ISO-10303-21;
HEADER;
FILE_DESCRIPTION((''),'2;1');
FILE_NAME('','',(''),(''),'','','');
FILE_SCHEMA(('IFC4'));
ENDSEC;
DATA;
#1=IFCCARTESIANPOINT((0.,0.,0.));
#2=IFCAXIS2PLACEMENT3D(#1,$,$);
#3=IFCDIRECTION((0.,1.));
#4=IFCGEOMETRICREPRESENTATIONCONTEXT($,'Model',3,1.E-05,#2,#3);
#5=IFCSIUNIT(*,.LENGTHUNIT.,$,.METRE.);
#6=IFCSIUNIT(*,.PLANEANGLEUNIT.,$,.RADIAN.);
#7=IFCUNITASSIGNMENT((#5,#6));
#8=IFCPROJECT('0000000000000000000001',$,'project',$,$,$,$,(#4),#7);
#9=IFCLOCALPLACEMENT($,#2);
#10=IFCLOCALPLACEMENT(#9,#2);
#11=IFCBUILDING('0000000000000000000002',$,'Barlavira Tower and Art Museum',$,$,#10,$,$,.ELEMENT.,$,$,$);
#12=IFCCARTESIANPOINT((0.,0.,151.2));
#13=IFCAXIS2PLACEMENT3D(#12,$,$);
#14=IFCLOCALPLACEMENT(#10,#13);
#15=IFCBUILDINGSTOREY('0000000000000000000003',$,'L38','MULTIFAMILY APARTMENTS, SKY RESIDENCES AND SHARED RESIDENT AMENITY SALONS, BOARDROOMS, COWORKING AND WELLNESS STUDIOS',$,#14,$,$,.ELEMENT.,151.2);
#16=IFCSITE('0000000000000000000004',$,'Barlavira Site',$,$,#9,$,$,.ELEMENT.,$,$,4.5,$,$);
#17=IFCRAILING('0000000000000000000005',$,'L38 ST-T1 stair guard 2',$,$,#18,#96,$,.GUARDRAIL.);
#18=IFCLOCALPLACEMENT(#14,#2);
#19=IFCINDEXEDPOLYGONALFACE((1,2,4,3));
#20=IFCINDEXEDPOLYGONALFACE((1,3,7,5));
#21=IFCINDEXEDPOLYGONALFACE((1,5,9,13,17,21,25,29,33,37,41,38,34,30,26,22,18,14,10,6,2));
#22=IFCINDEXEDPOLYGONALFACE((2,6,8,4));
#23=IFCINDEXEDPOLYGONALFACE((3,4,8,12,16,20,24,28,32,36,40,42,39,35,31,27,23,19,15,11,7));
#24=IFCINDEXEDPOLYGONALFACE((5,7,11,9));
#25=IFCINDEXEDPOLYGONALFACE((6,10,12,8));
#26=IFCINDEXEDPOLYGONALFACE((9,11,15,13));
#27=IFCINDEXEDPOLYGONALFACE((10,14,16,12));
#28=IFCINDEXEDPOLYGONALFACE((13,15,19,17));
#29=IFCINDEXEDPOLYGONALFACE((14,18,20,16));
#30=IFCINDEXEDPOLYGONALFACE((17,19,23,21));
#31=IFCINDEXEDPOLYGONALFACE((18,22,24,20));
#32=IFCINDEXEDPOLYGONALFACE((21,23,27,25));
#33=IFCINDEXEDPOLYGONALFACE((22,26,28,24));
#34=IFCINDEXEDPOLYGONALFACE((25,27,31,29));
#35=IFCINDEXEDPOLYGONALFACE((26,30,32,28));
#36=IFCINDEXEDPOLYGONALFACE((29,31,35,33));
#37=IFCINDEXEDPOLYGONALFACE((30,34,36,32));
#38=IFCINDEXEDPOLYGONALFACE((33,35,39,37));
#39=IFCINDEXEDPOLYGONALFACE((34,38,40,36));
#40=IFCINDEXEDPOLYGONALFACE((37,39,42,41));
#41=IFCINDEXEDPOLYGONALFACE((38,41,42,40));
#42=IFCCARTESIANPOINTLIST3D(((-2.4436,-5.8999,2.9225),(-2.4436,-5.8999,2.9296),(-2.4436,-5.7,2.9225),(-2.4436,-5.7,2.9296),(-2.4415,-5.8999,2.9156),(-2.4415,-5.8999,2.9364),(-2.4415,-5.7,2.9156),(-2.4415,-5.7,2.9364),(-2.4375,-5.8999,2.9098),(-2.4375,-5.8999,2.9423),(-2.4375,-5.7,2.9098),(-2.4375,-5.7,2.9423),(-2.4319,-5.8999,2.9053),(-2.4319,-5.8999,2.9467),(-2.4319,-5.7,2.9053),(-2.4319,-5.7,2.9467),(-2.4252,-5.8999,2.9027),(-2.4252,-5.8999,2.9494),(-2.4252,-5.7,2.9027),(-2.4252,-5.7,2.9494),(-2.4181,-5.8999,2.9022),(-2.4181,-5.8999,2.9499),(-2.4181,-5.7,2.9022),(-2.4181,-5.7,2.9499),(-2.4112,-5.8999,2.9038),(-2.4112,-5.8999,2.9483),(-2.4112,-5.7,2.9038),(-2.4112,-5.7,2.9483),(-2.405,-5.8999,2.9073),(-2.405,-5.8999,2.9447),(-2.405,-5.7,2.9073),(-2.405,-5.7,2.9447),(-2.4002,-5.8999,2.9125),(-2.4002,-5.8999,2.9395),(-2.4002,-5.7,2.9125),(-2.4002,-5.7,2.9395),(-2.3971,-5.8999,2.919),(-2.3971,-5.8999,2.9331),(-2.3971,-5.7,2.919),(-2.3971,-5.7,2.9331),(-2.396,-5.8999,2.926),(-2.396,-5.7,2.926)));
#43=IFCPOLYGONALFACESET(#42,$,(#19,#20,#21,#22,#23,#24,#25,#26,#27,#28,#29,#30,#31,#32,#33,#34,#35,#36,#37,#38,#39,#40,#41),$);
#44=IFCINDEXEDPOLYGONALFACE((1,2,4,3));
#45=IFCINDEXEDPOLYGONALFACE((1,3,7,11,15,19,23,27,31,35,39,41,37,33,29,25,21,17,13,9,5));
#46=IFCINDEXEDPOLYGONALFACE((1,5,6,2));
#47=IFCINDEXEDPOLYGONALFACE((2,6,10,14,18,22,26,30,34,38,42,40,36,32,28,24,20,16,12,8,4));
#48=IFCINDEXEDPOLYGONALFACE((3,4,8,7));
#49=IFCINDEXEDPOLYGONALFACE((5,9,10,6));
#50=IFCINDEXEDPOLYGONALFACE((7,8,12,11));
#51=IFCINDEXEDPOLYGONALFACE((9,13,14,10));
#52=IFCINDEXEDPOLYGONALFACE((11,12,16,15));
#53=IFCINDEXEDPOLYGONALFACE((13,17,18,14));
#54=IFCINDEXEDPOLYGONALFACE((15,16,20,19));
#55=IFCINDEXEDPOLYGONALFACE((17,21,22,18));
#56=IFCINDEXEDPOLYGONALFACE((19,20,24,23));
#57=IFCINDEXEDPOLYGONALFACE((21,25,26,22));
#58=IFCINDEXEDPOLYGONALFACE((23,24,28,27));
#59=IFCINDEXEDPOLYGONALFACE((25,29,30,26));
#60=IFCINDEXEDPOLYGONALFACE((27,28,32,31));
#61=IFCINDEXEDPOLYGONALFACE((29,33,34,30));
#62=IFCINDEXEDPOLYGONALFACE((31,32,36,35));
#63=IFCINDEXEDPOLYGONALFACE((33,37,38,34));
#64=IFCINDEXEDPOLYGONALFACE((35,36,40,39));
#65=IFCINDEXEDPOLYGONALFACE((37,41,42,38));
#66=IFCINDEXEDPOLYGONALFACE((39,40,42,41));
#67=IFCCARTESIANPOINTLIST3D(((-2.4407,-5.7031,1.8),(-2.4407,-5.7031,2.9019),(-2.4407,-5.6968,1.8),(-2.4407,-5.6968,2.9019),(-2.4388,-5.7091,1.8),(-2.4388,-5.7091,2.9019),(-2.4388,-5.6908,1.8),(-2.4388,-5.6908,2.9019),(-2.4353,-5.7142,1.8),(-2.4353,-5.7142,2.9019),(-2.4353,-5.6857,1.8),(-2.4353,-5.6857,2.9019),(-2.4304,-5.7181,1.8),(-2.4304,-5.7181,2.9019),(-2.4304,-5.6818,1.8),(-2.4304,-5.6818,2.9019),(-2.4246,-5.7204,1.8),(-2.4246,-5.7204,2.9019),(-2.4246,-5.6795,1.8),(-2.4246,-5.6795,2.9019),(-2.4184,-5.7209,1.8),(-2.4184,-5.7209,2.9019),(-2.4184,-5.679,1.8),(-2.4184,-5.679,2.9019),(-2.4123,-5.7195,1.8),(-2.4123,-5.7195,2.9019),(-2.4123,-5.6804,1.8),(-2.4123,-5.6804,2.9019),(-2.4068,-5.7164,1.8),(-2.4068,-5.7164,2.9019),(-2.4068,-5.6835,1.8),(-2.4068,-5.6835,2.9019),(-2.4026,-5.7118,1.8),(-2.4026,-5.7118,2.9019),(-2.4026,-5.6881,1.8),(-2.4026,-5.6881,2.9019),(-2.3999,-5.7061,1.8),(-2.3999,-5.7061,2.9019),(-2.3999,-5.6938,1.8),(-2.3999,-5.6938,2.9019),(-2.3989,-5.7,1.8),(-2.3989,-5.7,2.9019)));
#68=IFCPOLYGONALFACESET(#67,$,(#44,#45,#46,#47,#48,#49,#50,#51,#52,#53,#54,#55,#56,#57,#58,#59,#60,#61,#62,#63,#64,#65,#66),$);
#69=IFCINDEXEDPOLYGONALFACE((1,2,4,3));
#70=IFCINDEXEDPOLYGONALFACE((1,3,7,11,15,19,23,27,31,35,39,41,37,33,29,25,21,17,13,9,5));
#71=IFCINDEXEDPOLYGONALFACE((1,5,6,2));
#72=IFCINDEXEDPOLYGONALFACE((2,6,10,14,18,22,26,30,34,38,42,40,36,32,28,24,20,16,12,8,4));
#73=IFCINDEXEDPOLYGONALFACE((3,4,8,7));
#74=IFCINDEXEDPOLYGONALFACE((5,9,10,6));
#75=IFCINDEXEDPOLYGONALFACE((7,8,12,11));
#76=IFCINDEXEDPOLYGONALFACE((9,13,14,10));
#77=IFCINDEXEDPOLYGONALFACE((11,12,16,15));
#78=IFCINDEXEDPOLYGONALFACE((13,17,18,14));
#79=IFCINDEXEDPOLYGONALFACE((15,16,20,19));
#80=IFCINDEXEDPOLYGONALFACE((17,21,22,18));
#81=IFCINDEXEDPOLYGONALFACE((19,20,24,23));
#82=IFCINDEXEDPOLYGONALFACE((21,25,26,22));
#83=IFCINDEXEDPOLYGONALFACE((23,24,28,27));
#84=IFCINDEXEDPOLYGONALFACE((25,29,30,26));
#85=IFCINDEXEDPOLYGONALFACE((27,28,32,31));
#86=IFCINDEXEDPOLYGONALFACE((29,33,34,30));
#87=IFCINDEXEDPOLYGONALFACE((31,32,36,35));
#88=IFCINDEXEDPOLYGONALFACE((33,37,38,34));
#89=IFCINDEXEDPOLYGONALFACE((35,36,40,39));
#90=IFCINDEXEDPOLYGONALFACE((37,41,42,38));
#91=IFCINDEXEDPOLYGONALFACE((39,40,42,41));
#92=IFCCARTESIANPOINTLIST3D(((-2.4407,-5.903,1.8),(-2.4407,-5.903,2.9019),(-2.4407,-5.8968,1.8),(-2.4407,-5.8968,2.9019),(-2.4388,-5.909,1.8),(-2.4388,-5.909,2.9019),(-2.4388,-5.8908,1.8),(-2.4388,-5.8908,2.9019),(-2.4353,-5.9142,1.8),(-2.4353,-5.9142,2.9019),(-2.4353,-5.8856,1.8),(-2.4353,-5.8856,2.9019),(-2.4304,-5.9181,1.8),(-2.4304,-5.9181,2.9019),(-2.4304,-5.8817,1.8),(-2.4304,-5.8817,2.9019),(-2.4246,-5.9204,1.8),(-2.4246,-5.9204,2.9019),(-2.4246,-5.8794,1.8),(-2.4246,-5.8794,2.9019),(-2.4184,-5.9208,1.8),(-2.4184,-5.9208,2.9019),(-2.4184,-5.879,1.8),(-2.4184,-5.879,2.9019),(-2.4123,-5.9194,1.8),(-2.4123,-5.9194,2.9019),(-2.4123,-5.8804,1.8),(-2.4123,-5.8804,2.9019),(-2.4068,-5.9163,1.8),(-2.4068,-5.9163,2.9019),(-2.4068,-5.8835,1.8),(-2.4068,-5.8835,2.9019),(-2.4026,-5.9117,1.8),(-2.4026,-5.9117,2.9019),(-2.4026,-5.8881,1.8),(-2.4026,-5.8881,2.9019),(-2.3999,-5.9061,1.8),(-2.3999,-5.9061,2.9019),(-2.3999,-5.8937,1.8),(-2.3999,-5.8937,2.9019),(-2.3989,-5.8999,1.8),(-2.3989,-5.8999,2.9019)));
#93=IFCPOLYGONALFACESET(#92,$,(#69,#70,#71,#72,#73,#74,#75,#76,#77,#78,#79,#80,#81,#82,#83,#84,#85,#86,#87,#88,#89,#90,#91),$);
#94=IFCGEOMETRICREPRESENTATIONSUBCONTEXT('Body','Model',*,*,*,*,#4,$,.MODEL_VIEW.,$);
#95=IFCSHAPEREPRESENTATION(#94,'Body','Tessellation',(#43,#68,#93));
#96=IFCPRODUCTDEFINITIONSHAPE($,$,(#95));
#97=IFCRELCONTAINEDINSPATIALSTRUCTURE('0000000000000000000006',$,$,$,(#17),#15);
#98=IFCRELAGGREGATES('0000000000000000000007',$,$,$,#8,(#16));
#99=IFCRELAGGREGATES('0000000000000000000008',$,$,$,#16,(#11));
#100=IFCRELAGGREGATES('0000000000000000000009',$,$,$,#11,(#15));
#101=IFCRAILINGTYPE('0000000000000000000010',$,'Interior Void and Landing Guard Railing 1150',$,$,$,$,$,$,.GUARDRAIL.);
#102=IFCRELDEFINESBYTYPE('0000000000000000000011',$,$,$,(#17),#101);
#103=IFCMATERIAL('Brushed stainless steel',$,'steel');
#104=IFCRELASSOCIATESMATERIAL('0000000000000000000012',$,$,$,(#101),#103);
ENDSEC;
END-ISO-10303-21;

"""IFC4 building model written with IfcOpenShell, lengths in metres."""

from ifc_helpers import new_model, si_unit, direction, frame, origin, origin_2d, place, context, subcontext, project, spatial, circle, extrude, material, type_object, element, save


model = new_model("IFC4")

# Units and contexts
model_context = context("Model", 3, precision=1e-05, world=origin(), true_north=direction((0.0, 1.0)))
body_context = subcontext(model_context, "Body", "Model", "MODEL_VIEW")
ifc_project = project(units=[si_unit("LENGTHUNIT", "METRE"), si_unit("PLANEANGLEUNIT", "RADIAN")], contexts=[model_context])

# Site, building, storey
site_placement = place(None, origin())
site = spatial("IfcSite", under=ifc_project, at=site_placement, Name="Barlavira Site", CompositionType="ELEMENT", RefElevation=4.5)
building_placement = place(site_placement, origin())
building = spatial("IfcBuilding", under=site, at=building_placement, Name="Barlavira Tower and Art Museum", CompositionType="ELEMENT")
storey_placement = place(building_placement, frame((0.0, 0.0, 151.2)))
storey = spatial("IfcBuildingStorey", under=building, at=storey_placement, Name="L38", Description="MULTIFAMILY APARTMENTS, SKY RESIDENCES AND SHARED RESIDENT AMENITY SALONS, BOARDROOMS, COWORKING AND WELLNESS STUDIOS", CompositionType="ELEMENT", Elevation=151.2)

# Shared definitions
ifc_material_1 = material(Name="Brushed stainless steel", Category="steel")

# Railing
railing_type_1 = type_object("IfcRailingType", Name="Interior Void and Landing Guard Railing 1150", PredefinedType="GUARDRAIL", material=ifc_material_1)
railing_1_placement = place(storey_placement, frame((-2.4199, -5.7, 1.8)))
element("IfcRailing", 1, at=railing_1_placement, inside=storey, type_object=railing_type_1, Name="L38 ST-T1 stair guard 2", PredefinedType="GUARDRAIL", context=body_context, shape_type="SweptSolid", body=[
    extrude(circle(Radius=0.0239, at=origin_2d()), frame((0.0, 0.0, 1.126), z_axis=(0.0, -1.0, 0.0), x_axis=(1.0, 0.0, 0.0)), (0.0, 0.0, 1.0), 0.2),
    extrude(circle(Radius=0.021, at=origin_2d()), origin(), (0.0, 0.0, 1.0), 1.1018),
    extrude(circle(Radius=0.021, at=origin_2d()), frame((0.0, -0.2, 0.0)), (0.0, 0.0, 1.0), 1.1018),
])

save(model, "model.ifc")
